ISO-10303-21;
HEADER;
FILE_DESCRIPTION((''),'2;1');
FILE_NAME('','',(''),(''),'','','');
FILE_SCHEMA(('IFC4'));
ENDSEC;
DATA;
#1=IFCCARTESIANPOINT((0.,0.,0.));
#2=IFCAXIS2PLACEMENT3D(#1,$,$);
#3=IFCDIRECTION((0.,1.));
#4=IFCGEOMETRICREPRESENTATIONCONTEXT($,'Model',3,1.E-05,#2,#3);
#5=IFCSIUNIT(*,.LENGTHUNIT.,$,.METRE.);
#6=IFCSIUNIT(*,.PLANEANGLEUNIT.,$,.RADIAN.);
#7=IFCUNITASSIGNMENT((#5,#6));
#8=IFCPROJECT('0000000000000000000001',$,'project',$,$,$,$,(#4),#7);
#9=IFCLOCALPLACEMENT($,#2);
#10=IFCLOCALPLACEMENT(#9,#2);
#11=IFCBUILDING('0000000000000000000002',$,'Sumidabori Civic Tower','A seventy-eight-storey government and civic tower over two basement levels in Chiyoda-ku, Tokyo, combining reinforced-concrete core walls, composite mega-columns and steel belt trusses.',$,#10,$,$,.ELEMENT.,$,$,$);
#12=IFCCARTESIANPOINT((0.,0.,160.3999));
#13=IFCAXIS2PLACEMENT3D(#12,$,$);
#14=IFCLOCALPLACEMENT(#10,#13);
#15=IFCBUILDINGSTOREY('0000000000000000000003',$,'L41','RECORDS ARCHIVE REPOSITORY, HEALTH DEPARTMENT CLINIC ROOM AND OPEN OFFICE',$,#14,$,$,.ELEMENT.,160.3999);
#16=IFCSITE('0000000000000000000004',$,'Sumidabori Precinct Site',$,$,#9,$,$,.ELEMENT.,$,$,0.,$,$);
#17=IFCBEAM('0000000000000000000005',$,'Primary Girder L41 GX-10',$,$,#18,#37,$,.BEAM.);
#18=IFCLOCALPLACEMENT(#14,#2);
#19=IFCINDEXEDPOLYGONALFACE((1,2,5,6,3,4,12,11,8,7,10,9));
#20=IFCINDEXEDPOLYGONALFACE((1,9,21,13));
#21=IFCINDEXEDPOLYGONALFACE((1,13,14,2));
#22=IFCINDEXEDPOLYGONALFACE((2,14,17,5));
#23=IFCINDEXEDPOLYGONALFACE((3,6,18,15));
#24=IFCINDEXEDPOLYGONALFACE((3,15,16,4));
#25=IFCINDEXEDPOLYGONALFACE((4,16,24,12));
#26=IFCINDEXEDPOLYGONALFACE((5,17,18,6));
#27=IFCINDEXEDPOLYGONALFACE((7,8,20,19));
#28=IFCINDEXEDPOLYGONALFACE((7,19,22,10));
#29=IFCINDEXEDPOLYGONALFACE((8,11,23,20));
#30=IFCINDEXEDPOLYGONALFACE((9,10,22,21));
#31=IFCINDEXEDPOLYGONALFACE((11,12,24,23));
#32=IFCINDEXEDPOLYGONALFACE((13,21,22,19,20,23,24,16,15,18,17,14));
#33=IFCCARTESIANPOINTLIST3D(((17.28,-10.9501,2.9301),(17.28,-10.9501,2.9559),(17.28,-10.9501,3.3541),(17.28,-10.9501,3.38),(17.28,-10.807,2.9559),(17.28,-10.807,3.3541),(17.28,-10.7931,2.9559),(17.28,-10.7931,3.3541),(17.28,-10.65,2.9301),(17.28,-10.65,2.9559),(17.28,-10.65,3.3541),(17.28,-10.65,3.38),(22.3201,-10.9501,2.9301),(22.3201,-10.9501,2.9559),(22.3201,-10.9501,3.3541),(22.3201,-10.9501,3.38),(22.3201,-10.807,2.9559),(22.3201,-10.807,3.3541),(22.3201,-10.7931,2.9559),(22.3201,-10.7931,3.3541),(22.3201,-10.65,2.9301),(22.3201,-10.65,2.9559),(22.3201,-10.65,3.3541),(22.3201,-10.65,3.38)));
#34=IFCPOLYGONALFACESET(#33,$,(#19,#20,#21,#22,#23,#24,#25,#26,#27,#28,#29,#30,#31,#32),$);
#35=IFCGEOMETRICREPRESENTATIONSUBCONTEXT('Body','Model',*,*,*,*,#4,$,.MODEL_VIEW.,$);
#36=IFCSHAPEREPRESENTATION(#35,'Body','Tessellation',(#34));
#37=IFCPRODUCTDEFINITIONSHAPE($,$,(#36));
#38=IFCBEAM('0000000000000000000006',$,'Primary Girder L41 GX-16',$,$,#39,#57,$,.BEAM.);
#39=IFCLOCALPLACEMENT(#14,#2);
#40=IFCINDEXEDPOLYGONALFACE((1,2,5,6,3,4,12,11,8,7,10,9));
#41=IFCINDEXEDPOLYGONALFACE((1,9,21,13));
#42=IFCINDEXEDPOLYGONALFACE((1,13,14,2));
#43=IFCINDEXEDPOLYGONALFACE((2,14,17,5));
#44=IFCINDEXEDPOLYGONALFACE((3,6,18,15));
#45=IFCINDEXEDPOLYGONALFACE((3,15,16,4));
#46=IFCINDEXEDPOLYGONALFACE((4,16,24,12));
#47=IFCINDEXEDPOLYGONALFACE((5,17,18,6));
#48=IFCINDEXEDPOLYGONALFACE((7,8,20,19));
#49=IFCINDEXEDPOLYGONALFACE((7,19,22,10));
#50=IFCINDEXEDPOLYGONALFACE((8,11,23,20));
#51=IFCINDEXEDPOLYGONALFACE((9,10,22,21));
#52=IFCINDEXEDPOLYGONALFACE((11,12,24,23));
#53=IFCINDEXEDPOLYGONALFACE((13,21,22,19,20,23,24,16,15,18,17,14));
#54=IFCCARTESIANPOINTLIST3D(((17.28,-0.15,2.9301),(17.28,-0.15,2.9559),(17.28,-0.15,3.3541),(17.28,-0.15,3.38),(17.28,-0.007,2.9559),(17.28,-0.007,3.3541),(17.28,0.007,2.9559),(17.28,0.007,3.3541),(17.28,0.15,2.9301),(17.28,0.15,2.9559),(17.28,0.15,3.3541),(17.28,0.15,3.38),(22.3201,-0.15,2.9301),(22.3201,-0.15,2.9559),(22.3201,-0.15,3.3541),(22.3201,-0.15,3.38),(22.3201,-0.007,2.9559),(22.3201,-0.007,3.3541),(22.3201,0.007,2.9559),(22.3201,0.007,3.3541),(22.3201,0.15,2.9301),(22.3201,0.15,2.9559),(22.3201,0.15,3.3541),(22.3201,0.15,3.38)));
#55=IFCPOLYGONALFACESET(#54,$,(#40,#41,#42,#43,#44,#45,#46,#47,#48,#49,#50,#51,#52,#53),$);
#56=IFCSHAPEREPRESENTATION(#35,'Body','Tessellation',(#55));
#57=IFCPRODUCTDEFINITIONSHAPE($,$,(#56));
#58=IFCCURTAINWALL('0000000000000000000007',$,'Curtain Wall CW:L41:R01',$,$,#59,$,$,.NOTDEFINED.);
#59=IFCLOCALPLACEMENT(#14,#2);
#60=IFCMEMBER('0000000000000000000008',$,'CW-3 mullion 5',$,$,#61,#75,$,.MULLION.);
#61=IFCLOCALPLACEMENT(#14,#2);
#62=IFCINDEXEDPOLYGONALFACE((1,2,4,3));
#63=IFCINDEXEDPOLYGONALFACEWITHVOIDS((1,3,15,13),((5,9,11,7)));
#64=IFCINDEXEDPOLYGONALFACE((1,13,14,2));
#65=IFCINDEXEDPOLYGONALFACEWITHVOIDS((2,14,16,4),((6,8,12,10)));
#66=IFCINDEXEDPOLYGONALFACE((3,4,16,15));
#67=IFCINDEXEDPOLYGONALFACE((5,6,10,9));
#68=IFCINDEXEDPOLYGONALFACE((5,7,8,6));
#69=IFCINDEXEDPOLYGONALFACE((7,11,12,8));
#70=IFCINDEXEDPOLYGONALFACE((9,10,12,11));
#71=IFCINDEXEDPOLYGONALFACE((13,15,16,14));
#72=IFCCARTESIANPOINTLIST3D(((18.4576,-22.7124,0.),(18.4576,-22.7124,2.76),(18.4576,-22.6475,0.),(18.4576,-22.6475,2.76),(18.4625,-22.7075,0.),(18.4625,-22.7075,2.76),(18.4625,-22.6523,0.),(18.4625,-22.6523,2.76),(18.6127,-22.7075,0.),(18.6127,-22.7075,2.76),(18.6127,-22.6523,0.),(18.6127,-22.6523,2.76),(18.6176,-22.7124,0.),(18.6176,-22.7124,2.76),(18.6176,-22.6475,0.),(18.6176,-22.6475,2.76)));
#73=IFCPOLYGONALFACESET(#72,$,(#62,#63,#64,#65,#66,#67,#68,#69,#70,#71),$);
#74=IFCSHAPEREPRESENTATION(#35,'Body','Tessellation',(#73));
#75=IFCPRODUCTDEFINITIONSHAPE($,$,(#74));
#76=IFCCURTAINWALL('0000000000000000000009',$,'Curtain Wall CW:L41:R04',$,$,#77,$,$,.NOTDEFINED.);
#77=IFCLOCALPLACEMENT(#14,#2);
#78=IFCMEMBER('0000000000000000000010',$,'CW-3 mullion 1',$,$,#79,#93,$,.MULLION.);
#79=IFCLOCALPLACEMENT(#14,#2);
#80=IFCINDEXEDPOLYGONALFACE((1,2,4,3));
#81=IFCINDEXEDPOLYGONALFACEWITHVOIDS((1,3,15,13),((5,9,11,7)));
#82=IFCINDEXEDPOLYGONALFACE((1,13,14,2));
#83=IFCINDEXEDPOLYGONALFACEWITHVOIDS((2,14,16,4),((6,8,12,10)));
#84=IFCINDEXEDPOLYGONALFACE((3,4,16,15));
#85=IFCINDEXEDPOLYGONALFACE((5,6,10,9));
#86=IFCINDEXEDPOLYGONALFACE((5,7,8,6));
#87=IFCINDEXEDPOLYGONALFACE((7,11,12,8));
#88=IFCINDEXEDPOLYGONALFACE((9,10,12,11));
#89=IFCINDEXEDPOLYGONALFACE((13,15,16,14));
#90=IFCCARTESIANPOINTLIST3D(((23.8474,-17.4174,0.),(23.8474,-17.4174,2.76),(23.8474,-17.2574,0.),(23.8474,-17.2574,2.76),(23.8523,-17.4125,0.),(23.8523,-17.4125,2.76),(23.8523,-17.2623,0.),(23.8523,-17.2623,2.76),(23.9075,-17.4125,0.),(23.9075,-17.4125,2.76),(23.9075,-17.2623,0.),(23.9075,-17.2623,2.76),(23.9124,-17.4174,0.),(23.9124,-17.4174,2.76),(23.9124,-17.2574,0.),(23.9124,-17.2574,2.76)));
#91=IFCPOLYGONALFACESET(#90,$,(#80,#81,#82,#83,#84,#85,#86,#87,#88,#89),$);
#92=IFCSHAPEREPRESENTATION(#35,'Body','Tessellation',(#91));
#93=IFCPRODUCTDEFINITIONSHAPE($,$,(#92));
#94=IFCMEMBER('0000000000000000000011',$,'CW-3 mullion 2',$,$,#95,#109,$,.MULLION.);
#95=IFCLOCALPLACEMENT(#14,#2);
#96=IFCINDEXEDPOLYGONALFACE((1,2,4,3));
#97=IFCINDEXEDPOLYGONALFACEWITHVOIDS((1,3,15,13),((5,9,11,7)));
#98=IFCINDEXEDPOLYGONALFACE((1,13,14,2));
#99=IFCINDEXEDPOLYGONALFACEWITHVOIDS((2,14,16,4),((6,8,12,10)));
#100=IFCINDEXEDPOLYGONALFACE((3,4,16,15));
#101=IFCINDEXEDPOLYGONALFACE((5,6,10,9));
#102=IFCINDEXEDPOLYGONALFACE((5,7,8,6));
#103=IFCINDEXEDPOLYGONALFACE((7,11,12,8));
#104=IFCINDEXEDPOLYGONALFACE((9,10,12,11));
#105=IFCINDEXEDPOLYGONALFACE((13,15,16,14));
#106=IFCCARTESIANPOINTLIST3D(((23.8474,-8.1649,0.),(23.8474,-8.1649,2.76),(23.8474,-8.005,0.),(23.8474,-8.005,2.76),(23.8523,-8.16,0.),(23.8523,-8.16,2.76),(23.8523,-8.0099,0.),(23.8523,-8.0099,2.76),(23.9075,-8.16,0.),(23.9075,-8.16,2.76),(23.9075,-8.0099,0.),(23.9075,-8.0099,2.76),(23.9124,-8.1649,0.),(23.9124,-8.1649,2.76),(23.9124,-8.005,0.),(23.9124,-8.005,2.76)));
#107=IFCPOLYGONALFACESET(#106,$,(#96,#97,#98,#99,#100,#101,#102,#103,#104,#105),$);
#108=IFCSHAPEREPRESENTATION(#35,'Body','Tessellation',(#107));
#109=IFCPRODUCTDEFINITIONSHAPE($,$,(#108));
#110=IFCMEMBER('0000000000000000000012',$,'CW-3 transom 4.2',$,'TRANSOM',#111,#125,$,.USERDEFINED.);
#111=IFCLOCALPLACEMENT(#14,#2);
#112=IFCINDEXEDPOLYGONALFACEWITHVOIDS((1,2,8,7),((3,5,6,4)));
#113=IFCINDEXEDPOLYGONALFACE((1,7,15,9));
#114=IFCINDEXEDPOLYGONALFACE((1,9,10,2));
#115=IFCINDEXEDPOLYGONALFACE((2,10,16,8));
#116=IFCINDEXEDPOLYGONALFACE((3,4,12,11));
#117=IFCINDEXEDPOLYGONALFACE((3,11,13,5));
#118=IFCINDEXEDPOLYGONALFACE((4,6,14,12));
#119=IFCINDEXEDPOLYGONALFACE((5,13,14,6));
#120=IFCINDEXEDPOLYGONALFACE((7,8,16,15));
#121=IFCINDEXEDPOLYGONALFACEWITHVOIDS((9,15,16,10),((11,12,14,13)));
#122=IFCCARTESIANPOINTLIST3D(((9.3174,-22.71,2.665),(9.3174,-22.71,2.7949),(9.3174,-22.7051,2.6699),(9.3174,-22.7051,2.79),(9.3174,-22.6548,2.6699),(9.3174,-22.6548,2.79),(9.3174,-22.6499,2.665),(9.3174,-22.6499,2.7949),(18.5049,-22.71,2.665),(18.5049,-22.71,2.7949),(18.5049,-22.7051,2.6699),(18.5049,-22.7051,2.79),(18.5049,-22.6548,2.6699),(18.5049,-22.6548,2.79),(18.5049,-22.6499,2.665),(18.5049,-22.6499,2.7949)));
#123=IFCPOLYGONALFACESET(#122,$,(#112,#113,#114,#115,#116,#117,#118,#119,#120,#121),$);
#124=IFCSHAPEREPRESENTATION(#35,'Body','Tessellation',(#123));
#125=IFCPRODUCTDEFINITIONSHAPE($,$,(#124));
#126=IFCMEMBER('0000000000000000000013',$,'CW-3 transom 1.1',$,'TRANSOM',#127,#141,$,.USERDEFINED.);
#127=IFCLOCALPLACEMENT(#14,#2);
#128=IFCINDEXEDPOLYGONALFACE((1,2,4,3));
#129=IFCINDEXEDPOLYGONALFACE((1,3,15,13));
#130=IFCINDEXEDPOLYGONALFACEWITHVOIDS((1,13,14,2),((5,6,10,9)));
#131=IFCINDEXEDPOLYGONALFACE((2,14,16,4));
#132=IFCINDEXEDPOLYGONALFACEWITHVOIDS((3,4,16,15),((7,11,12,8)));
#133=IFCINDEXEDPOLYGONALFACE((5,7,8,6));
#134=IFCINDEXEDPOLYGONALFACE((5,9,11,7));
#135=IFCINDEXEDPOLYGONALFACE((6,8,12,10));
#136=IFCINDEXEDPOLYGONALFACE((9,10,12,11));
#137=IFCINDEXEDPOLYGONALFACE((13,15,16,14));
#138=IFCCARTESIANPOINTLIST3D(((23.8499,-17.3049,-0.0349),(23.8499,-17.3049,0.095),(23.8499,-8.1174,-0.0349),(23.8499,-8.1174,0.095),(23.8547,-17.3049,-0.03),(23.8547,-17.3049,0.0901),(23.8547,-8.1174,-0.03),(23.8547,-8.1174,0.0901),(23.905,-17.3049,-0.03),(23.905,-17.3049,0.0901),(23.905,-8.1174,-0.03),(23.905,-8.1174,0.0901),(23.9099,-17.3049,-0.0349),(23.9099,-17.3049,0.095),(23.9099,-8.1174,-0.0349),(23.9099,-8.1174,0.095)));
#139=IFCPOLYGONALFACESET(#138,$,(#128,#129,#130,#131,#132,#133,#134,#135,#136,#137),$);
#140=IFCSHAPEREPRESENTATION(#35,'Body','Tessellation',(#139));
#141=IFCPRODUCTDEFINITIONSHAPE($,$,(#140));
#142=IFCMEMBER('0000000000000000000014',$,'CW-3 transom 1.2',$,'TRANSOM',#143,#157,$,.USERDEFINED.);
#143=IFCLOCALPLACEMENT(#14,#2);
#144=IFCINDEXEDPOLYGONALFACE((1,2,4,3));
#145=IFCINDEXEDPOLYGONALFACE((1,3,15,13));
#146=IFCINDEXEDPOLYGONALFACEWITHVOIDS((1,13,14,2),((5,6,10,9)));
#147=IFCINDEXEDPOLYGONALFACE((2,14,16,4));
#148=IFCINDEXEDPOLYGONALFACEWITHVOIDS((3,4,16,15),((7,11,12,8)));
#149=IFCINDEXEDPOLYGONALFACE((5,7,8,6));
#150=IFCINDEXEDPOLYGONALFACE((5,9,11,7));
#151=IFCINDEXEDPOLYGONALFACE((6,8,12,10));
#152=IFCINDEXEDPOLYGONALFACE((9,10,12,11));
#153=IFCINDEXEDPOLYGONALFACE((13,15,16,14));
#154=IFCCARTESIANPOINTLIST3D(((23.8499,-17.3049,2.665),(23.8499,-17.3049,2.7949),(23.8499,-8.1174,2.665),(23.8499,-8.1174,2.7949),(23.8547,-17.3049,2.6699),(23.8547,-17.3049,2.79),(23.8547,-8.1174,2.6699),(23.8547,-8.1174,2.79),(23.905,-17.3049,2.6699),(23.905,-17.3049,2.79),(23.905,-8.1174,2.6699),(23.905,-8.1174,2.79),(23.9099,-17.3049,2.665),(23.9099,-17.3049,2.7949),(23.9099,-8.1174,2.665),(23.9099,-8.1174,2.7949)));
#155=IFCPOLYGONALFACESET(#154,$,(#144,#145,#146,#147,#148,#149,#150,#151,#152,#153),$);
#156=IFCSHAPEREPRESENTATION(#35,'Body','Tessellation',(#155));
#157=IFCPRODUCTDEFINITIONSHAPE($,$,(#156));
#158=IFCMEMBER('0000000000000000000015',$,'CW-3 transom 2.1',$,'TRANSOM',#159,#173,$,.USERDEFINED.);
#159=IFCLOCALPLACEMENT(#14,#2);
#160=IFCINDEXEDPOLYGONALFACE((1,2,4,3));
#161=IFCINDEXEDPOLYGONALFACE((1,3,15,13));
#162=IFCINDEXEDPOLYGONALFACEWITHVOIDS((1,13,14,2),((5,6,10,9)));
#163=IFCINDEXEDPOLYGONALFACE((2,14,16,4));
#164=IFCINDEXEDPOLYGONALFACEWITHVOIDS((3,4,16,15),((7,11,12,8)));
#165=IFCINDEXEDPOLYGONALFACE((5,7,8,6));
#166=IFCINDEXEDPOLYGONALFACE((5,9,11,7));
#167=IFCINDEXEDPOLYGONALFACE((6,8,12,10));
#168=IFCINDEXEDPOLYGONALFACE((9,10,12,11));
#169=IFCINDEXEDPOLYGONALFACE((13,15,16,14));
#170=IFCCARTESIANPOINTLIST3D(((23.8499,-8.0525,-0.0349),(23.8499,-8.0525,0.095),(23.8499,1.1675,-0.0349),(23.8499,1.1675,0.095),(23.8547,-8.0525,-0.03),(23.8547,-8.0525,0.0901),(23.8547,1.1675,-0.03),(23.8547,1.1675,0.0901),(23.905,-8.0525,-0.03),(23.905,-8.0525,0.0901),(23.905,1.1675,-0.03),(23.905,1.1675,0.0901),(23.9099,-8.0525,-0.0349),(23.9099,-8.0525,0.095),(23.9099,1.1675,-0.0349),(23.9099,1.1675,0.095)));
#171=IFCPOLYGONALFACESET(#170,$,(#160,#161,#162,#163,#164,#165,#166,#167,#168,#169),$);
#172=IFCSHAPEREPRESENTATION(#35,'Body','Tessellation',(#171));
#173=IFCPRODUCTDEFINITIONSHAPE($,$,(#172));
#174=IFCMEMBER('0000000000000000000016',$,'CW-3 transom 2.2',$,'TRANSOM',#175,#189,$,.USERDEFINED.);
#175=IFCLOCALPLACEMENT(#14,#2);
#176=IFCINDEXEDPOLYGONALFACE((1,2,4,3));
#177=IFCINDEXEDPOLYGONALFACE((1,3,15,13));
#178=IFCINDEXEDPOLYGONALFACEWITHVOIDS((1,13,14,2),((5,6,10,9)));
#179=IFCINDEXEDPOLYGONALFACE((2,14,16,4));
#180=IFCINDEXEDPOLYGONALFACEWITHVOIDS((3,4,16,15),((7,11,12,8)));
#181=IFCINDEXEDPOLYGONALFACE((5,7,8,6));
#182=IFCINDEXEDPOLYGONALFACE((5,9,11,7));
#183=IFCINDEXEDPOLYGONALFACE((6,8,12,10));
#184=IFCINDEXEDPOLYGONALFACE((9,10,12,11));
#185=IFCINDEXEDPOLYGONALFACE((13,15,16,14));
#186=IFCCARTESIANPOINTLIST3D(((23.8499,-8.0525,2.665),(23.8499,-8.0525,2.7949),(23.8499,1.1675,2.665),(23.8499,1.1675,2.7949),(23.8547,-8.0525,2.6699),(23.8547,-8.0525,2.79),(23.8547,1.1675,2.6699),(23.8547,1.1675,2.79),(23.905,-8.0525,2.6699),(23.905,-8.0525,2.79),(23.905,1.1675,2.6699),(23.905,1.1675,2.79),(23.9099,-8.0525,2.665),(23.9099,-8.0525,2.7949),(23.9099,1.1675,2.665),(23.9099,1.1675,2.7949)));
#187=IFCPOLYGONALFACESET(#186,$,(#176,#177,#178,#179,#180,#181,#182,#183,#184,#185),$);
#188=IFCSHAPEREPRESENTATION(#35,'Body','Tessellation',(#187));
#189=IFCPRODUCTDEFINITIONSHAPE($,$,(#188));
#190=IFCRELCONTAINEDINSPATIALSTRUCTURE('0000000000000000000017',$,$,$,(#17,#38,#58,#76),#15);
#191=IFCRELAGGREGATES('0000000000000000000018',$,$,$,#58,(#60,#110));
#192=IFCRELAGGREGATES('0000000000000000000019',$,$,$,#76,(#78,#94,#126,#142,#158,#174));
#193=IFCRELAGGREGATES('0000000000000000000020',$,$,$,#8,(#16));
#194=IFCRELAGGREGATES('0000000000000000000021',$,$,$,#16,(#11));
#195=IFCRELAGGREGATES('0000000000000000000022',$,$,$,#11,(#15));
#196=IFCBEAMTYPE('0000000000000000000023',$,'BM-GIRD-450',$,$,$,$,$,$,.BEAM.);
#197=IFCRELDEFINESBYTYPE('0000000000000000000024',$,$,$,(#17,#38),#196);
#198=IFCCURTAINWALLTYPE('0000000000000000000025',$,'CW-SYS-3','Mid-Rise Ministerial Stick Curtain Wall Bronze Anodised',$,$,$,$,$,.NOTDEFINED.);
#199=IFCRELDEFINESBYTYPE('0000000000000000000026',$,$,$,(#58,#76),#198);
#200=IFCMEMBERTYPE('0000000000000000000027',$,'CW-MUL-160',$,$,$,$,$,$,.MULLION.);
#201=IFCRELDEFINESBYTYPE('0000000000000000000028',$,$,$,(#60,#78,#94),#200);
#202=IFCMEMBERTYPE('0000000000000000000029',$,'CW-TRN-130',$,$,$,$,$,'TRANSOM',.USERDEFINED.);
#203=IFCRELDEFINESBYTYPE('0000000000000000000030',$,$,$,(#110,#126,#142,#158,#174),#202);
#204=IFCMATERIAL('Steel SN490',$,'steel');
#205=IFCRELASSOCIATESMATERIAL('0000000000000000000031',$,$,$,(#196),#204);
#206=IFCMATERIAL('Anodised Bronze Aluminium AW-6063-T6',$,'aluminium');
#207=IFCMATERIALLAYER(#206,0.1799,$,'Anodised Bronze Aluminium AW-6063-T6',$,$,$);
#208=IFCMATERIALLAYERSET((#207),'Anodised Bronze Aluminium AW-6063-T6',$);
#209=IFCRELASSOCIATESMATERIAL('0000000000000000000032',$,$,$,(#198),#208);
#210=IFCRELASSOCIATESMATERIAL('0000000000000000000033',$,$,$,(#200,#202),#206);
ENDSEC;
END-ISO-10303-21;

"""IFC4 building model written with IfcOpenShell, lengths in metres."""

from ifc_helpers import new_model, si_unit, direction, frame, origin, origin_2d, place, context, subcontext, project, spatial, hollow_rectangle, i_section, extrude, source, transform, mapped, material, layer, layer_set, material_profile, profile_set, type_object, element, aggregate, save


model = new_model("IFC4")

# Units and contexts
model_context = context("Model", 3, precision=1e-05, world=origin(), true_north=direction((0.0, 1.0)))
body_context = subcontext(model_context, "Body", "Model", "MODEL_VIEW")
ifc_project = project(units=[si_unit("LENGTHUNIT", "METRE"), si_unit("PLANEANGLEUNIT", "RADIAN")], contexts=[model_context])

# Site, building, storey
site_placement = place(None, origin())
site = spatial("IfcSite", under=ifc_project, at=site_placement, Name="Sumidabori Precinct Site", CompositionType="ELEMENT", RefElevation=0.0)
building_placement = place(site_placement, origin())
building = spatial("IfcBuilding", under=site, at=building_placement, Name="Sumidabori Civic Tower", Description="A seventy-eight-storey government and civic tower over two basement levels in Chiyoda-ku, Tokyo, combining reinforced-concrete core walls, composite mega-columns and steel belt trusses.", CompositionType="ELEMENT")
storey_placement = place(building_placement, frame((0.0, 0.0, 160.3999)))
storey = spatial("IfcBuildingStorey", under=building, at=storey_placement, Name="L41", Description="RECORDS ARCHIVE REPOSITORY, HEALTH DEPARTMENT CLINIC ROOM AND OPEN OFFICE", CompositionType="ELEMENT", Elevation=160.3999)

# Beams
ifc_material_1 = material(Name="Steel SN490", Category="steel")
ifc_material_profile_1 = material_profile(ifc_material_1, i_section(OverallWidth=0.3, OverallDepth=0.45, WebThickness=0.0139, FlangeThickness=0.0259, at=origin_2d()), Name="HE 450 B")
ifc_profile_set_1 = profile_set([ifc_material_profile_1], Name="Steel SN490")
beam_type_1 = type_object("IfcBeamType", Name="BM-GIRD-450", PredefinedType="BEAM", material=ifc_profile_set_1)
shared_shape_1 = source(origin(), body_context, "Body", "SweptSolid", [
    extrude(i_section(OverallWidth=0.3, OverallDepth=0.45, WebThickness=0.0139, FlangeThickness=0.0259, at=origin_2d()), origin(), (0.0, 0.0, 1.0), 5.04),
])
for number, where, z_axis, x_axis, name in (
    (1, (17.28, -10.8, 3.155), (1.0, 0.0, 0.0), (0.0, 1.0, 0.0), "Primary Girder L41 GX-10"),
    (2, (17.28, 0.0, 3.155), (1.0, 0.0, 0.0), (0.0, 1.0, 0.0), "Primary Girder L41 GX-16"),
):
    element("IfcBeam", number, at=place(storey_placement, frame(where, z_axis=z_axis, x_axis=x_axis)), inside=storey, type_object=beam_type_1, Name=name, PredefinedType="BEAM", context=body_context, shape_type="MappedRepresentation", body=[
        mapped(shared_shape_1, transform((0.0, 0.0, 0.0), x_axis=(1.0, 0.0, 0.0), y_axis=(0.0, 1.0, 0.0), z_axis=(0.0, 0.0, 1.0), scale=1.0)),
    ])

# Curtain wall, member
ifc_material_2 = material(Name="Anodised Bronze Aluminium AW-6063-T6", Category="aluminium")
ifc_layer_1 = layer(ifc_material_2, 0.1799, Name="Anodised Bronze Aluminium AW-6063-T6")
ifc_layer_set_1 = layer_set([ifc_layer_1], Name="Anodised Bronze Aluminium AW-6063-T6")
curtain_wall_type = type_object("IfcCurtainWallType", Name="CW-SYS-3", Description="Mid-Rise Ministerial Stick Curtain Wall Bronze Anodised", PredefinedType="NOTDEFINED", material=ifc_layer_set_1)
curtain_wall_1_placement = place(storey_placement, origin())
curtain_wall_1 = element("IfcCurtainWall", 3, at=curtain_wall_1_placement, inside=storey, type_object=curtain_wall_type, Name="Curtain Wall CW:L41:R01", PredefinedType="NOTDEFINED")
ifc_material_profile_2 = material_profile(ifc_material_2, hollow_rectangle(XDim=0.0649, YDim=0.1599, WallThickness=0.0049, at=origin_2d()), Name="ALU MULLION 160x65")
ifc_profile_set_2 = profile_set([ifc_material_profile_2], Name="Anodised Bronze Aluminium AW-6063-T6")
member_type_1 = type_object("IfcMemberType", Name="CW-MUL-160", PredefinedType="MULLION", material=ifc_profile_set_2)
shared_shape_2 = source(origin(), body_context, "Body", "SweptSolid", [
    extrude(hollow_rectangle(XDim=0.0649, YDim=0.1599, WallThickness=0.0049, at=origin_2d()), origin(), (0.0, 0.0, 1.0), 2.76),
])
member_1_placement = place(storey_placement, frame((18.5376, -22.6799, 0.0), z_axis=(0.0, 0.0, 1.0), x_axis=(0.0, 1.0, 0.0)))
member_1 = element("IfcMember", 4, at=member_1_placement, type_object=member_type_1, Name="CW-3 mullion 5", PredefinedType="MULLION", context=body_context, shape_type="MappedRepresentation", body=[
    mapped(shared_shape_2, transform((0.0, 0.0, 0.0), x_axis=(1.0, 0.0, 0.0), y_axis=(0.0, 1.0, 0.0), z_axis=(0.0, 0.0, 1.0), scale=1.0)),
])

# Curtain wall, members
curtain_wall_2_placement = place(storey_placement, origin())
curtain_wall_2 = element("IfcCurtainWall", 5, at=curtain_wall_2_placement, inside=storey, type_object=curtain_wall_type, Name="Curtain Wall CW:L41:R04", PredefinedType="NOTDEFINED")
member_2_placement = place(storey_placement, frame((23.8799, -17.3374, 0.0), z_axis=(0.0, 0.0, 1.0), x_axis=(-1.0, 0.0, 0.0)))
member_2 = element("IfcMember", 6, at=member_2_placement, type_object=member_type_1, Name="CW-3 mullion 1", PredefinedType="MULLION", context=body_context, shape_type="MappedRepresentation", body=[
    mapped(shared_shape_2, transform((0.0, 0.0, 0.0), x_axis=(1.0, 0.0, 0.0), y_axis=(0.0, 1.0, 0.0), z_axis=(0.0, 0.0, 1.0), scale=1.0)),
])
member_3_placement = place(storey_placement, frame((23.8799, -8.085, 0.0), z_axis=(0.0, 0.0, 1.0), x_axis=(-1.0, 0.0, 0.0)))
member_3 = element("IfcMember", 7, at=member_3_placement, type_object=member_type_1, Name="CW-3 mullion 2", PredefinedType="MULLION", context=body_context, shape_type="MappedRepresentation", body=[
    mapped(shared_shape_2, transform((0.0, 0.0, 0.0), x_axis=(1.0, 0.0, 0.0), y_axis=(0.0, 1.0, 0.0), z_axis=(0.0, 0.0, 1.0), scale=1.0)),
])

# Members
ifc_material_profile_3 = material_profile(ifc_material_2, hollow_rectangle(XDim=0.0601, YDim=0.1299, WallThickness=0.0049, at=origin_2d()), Name="ALU TRANSOM 130x60")
ifc_profile_set_3 = profile_set([ifc_material_profile_3], Name="Anodised Bronze Aluminium AW-6063-T6")
member_type_2 = type_object("IfcMemberType", Name="CW-TRN-130", ElementType="TRANSOM", PredefinedType="USERDEFINED", material=ifc_profile_set_3)
shared_shape_3 = source(origin(), body_context, "Body", "SweptSolid", [
    extrude(hollow_rectangle(XDim=0.0601, YDim=0.1299, WallThickness=0.0049, at=origin_2d()), origin(), (0.0, 0.0, 1.0), 9.1875),
])
member_4_placement = place(storey_placement, frame((9.3174, -22.6799, 2.73), z_axis=(1.0, 0.0, 0.0), x_axis=(0.0, 1.0, 0.0)))
member_4 = element("IfcMember", 8, at=member_4_placement, type_object=member_type_2, Name="CW-3 transom 4.2", ObjectType="TRANSOM", PredefinedType="USERDEFINED", context=body_context, shape_type="MappedRepresentation", body=[
    mapped(shared_shape_3, transform((0.0, 0.0, 0.0), x_axis=(1.0, 0.0, 0.0), y_axis=(0.0, 1.0, 0.0), z_axis=(0.0, 0.0, 1.0), scale=1.0)),
])
member_5_placement = place(storey_placement, frame((23.8799, -17.3049, 0.03), z_axis=(0.0, 1.0, 0.0), x_axis=(-1.0, 0.0, 0.0)))
member_5 = element("IfcMember", 9, at=member_5_placement, type_object=member_type_2, Name="CW-3 transom 1.1", ObjectType="TRANSOM", PredefinedType="USERDEFINED", context=body_context, shape_type="MappedRepresentation", body=[
    mapped(shared_shape_3, transform((0.0, 0.0, 0.0), x_axis=(1.0, 0.0, 0.0), y_axis=(0.0, 1.0, 0.0), z_axis=(0.0, 0.0, 1.0), scale=1.0)),
])
member_6_placement = place(storey_placement, frame((23.8799, -17.3049, 2.73), z_axis=(0.0, 1.0, 0.0), x_axis=(-1.0, 0.0, 0.0)))
member_6 = element("IfcMember", 10, at=member_6_placement, type_object=member_type_2, Name="CW-3 transom 1.2", ObjectType="TRANSOM", PredefinedType="USERDEFINED", context=body_context, shape_type="MappedRepresentation", body=[
    mapped(shared_shape_3, transform((0.0, 0.0, 0.0), x_axis=(1.0, 0.0, 0.0), y_axis=(0.0, 1.0, 0.0), z_axis=(0.0, 0.0, 1.0), scale=1.0)),
])
shared_shape_4 = source(origin(), body_context, "Body", "SweptSolid", [
    extrude(hollow_rectangle(XDim=0.0601, YDim=0.1299, WallThickness=0.0049, at=origin_2d()), origin(), (0.0, 0.0, 1.0), 9.22),
])
member_7_placement = place(storey_placement, frame((23.8799, -8.0525, 0.03), z_axis=(0.0, 1.0, 0.0), x_axis=(-1.0, 0.0, 0.0)))
member_7 = element("IfcMember", 11, at=member_7_placement, type_object=member_type_2, Name="CW-3 transom 2.1", ObjectType="TRANSOM", PredefinedType="USERDEFINED", context=body_context, shape_type="MappedRepresentation", body=[
    mapped(shared_shape_4, transform((0.0, 0.0, 0.0), x_axis=(1.0, 0.0, 0.0), y_axis=(0.0, 1.0, 0.0), z_axis=(0.0, 0.0, 1.0), scale=1.0)),
])
member_8_placement = place(storey_placement, frame((23.8799, -8.0525, 2.73), z_axis=(0.0, 1.0, 0.0), x_axis=(-1.0, 0.0, 0.0)))
member_8 = element("IfcMember", 12, at=member_8_placement, type_object=member_type_2, Name="CW-3 transom 2.2", ObjectType="TRANSOM", PredefinedType="USERDEFINED", context=body_context, shape_type="MappedRepresentation", body=[
    mapped(shared_shape_4, transform((0.0, 0.0, 0.0), x_axis=(1.0, 0.0, 0.0), y_axis=(0.0, 1.0, 0.0), z_axis=(0.0, 0.0, 1.0), scale=1.0)),
])

aggregate(curtain_wall_1, [member_1, member_4])
aggregate(curtain_wall_2, [member_2, member_3, member_5, member_6, member_7, member_8])

save(model, "model.ifc")
